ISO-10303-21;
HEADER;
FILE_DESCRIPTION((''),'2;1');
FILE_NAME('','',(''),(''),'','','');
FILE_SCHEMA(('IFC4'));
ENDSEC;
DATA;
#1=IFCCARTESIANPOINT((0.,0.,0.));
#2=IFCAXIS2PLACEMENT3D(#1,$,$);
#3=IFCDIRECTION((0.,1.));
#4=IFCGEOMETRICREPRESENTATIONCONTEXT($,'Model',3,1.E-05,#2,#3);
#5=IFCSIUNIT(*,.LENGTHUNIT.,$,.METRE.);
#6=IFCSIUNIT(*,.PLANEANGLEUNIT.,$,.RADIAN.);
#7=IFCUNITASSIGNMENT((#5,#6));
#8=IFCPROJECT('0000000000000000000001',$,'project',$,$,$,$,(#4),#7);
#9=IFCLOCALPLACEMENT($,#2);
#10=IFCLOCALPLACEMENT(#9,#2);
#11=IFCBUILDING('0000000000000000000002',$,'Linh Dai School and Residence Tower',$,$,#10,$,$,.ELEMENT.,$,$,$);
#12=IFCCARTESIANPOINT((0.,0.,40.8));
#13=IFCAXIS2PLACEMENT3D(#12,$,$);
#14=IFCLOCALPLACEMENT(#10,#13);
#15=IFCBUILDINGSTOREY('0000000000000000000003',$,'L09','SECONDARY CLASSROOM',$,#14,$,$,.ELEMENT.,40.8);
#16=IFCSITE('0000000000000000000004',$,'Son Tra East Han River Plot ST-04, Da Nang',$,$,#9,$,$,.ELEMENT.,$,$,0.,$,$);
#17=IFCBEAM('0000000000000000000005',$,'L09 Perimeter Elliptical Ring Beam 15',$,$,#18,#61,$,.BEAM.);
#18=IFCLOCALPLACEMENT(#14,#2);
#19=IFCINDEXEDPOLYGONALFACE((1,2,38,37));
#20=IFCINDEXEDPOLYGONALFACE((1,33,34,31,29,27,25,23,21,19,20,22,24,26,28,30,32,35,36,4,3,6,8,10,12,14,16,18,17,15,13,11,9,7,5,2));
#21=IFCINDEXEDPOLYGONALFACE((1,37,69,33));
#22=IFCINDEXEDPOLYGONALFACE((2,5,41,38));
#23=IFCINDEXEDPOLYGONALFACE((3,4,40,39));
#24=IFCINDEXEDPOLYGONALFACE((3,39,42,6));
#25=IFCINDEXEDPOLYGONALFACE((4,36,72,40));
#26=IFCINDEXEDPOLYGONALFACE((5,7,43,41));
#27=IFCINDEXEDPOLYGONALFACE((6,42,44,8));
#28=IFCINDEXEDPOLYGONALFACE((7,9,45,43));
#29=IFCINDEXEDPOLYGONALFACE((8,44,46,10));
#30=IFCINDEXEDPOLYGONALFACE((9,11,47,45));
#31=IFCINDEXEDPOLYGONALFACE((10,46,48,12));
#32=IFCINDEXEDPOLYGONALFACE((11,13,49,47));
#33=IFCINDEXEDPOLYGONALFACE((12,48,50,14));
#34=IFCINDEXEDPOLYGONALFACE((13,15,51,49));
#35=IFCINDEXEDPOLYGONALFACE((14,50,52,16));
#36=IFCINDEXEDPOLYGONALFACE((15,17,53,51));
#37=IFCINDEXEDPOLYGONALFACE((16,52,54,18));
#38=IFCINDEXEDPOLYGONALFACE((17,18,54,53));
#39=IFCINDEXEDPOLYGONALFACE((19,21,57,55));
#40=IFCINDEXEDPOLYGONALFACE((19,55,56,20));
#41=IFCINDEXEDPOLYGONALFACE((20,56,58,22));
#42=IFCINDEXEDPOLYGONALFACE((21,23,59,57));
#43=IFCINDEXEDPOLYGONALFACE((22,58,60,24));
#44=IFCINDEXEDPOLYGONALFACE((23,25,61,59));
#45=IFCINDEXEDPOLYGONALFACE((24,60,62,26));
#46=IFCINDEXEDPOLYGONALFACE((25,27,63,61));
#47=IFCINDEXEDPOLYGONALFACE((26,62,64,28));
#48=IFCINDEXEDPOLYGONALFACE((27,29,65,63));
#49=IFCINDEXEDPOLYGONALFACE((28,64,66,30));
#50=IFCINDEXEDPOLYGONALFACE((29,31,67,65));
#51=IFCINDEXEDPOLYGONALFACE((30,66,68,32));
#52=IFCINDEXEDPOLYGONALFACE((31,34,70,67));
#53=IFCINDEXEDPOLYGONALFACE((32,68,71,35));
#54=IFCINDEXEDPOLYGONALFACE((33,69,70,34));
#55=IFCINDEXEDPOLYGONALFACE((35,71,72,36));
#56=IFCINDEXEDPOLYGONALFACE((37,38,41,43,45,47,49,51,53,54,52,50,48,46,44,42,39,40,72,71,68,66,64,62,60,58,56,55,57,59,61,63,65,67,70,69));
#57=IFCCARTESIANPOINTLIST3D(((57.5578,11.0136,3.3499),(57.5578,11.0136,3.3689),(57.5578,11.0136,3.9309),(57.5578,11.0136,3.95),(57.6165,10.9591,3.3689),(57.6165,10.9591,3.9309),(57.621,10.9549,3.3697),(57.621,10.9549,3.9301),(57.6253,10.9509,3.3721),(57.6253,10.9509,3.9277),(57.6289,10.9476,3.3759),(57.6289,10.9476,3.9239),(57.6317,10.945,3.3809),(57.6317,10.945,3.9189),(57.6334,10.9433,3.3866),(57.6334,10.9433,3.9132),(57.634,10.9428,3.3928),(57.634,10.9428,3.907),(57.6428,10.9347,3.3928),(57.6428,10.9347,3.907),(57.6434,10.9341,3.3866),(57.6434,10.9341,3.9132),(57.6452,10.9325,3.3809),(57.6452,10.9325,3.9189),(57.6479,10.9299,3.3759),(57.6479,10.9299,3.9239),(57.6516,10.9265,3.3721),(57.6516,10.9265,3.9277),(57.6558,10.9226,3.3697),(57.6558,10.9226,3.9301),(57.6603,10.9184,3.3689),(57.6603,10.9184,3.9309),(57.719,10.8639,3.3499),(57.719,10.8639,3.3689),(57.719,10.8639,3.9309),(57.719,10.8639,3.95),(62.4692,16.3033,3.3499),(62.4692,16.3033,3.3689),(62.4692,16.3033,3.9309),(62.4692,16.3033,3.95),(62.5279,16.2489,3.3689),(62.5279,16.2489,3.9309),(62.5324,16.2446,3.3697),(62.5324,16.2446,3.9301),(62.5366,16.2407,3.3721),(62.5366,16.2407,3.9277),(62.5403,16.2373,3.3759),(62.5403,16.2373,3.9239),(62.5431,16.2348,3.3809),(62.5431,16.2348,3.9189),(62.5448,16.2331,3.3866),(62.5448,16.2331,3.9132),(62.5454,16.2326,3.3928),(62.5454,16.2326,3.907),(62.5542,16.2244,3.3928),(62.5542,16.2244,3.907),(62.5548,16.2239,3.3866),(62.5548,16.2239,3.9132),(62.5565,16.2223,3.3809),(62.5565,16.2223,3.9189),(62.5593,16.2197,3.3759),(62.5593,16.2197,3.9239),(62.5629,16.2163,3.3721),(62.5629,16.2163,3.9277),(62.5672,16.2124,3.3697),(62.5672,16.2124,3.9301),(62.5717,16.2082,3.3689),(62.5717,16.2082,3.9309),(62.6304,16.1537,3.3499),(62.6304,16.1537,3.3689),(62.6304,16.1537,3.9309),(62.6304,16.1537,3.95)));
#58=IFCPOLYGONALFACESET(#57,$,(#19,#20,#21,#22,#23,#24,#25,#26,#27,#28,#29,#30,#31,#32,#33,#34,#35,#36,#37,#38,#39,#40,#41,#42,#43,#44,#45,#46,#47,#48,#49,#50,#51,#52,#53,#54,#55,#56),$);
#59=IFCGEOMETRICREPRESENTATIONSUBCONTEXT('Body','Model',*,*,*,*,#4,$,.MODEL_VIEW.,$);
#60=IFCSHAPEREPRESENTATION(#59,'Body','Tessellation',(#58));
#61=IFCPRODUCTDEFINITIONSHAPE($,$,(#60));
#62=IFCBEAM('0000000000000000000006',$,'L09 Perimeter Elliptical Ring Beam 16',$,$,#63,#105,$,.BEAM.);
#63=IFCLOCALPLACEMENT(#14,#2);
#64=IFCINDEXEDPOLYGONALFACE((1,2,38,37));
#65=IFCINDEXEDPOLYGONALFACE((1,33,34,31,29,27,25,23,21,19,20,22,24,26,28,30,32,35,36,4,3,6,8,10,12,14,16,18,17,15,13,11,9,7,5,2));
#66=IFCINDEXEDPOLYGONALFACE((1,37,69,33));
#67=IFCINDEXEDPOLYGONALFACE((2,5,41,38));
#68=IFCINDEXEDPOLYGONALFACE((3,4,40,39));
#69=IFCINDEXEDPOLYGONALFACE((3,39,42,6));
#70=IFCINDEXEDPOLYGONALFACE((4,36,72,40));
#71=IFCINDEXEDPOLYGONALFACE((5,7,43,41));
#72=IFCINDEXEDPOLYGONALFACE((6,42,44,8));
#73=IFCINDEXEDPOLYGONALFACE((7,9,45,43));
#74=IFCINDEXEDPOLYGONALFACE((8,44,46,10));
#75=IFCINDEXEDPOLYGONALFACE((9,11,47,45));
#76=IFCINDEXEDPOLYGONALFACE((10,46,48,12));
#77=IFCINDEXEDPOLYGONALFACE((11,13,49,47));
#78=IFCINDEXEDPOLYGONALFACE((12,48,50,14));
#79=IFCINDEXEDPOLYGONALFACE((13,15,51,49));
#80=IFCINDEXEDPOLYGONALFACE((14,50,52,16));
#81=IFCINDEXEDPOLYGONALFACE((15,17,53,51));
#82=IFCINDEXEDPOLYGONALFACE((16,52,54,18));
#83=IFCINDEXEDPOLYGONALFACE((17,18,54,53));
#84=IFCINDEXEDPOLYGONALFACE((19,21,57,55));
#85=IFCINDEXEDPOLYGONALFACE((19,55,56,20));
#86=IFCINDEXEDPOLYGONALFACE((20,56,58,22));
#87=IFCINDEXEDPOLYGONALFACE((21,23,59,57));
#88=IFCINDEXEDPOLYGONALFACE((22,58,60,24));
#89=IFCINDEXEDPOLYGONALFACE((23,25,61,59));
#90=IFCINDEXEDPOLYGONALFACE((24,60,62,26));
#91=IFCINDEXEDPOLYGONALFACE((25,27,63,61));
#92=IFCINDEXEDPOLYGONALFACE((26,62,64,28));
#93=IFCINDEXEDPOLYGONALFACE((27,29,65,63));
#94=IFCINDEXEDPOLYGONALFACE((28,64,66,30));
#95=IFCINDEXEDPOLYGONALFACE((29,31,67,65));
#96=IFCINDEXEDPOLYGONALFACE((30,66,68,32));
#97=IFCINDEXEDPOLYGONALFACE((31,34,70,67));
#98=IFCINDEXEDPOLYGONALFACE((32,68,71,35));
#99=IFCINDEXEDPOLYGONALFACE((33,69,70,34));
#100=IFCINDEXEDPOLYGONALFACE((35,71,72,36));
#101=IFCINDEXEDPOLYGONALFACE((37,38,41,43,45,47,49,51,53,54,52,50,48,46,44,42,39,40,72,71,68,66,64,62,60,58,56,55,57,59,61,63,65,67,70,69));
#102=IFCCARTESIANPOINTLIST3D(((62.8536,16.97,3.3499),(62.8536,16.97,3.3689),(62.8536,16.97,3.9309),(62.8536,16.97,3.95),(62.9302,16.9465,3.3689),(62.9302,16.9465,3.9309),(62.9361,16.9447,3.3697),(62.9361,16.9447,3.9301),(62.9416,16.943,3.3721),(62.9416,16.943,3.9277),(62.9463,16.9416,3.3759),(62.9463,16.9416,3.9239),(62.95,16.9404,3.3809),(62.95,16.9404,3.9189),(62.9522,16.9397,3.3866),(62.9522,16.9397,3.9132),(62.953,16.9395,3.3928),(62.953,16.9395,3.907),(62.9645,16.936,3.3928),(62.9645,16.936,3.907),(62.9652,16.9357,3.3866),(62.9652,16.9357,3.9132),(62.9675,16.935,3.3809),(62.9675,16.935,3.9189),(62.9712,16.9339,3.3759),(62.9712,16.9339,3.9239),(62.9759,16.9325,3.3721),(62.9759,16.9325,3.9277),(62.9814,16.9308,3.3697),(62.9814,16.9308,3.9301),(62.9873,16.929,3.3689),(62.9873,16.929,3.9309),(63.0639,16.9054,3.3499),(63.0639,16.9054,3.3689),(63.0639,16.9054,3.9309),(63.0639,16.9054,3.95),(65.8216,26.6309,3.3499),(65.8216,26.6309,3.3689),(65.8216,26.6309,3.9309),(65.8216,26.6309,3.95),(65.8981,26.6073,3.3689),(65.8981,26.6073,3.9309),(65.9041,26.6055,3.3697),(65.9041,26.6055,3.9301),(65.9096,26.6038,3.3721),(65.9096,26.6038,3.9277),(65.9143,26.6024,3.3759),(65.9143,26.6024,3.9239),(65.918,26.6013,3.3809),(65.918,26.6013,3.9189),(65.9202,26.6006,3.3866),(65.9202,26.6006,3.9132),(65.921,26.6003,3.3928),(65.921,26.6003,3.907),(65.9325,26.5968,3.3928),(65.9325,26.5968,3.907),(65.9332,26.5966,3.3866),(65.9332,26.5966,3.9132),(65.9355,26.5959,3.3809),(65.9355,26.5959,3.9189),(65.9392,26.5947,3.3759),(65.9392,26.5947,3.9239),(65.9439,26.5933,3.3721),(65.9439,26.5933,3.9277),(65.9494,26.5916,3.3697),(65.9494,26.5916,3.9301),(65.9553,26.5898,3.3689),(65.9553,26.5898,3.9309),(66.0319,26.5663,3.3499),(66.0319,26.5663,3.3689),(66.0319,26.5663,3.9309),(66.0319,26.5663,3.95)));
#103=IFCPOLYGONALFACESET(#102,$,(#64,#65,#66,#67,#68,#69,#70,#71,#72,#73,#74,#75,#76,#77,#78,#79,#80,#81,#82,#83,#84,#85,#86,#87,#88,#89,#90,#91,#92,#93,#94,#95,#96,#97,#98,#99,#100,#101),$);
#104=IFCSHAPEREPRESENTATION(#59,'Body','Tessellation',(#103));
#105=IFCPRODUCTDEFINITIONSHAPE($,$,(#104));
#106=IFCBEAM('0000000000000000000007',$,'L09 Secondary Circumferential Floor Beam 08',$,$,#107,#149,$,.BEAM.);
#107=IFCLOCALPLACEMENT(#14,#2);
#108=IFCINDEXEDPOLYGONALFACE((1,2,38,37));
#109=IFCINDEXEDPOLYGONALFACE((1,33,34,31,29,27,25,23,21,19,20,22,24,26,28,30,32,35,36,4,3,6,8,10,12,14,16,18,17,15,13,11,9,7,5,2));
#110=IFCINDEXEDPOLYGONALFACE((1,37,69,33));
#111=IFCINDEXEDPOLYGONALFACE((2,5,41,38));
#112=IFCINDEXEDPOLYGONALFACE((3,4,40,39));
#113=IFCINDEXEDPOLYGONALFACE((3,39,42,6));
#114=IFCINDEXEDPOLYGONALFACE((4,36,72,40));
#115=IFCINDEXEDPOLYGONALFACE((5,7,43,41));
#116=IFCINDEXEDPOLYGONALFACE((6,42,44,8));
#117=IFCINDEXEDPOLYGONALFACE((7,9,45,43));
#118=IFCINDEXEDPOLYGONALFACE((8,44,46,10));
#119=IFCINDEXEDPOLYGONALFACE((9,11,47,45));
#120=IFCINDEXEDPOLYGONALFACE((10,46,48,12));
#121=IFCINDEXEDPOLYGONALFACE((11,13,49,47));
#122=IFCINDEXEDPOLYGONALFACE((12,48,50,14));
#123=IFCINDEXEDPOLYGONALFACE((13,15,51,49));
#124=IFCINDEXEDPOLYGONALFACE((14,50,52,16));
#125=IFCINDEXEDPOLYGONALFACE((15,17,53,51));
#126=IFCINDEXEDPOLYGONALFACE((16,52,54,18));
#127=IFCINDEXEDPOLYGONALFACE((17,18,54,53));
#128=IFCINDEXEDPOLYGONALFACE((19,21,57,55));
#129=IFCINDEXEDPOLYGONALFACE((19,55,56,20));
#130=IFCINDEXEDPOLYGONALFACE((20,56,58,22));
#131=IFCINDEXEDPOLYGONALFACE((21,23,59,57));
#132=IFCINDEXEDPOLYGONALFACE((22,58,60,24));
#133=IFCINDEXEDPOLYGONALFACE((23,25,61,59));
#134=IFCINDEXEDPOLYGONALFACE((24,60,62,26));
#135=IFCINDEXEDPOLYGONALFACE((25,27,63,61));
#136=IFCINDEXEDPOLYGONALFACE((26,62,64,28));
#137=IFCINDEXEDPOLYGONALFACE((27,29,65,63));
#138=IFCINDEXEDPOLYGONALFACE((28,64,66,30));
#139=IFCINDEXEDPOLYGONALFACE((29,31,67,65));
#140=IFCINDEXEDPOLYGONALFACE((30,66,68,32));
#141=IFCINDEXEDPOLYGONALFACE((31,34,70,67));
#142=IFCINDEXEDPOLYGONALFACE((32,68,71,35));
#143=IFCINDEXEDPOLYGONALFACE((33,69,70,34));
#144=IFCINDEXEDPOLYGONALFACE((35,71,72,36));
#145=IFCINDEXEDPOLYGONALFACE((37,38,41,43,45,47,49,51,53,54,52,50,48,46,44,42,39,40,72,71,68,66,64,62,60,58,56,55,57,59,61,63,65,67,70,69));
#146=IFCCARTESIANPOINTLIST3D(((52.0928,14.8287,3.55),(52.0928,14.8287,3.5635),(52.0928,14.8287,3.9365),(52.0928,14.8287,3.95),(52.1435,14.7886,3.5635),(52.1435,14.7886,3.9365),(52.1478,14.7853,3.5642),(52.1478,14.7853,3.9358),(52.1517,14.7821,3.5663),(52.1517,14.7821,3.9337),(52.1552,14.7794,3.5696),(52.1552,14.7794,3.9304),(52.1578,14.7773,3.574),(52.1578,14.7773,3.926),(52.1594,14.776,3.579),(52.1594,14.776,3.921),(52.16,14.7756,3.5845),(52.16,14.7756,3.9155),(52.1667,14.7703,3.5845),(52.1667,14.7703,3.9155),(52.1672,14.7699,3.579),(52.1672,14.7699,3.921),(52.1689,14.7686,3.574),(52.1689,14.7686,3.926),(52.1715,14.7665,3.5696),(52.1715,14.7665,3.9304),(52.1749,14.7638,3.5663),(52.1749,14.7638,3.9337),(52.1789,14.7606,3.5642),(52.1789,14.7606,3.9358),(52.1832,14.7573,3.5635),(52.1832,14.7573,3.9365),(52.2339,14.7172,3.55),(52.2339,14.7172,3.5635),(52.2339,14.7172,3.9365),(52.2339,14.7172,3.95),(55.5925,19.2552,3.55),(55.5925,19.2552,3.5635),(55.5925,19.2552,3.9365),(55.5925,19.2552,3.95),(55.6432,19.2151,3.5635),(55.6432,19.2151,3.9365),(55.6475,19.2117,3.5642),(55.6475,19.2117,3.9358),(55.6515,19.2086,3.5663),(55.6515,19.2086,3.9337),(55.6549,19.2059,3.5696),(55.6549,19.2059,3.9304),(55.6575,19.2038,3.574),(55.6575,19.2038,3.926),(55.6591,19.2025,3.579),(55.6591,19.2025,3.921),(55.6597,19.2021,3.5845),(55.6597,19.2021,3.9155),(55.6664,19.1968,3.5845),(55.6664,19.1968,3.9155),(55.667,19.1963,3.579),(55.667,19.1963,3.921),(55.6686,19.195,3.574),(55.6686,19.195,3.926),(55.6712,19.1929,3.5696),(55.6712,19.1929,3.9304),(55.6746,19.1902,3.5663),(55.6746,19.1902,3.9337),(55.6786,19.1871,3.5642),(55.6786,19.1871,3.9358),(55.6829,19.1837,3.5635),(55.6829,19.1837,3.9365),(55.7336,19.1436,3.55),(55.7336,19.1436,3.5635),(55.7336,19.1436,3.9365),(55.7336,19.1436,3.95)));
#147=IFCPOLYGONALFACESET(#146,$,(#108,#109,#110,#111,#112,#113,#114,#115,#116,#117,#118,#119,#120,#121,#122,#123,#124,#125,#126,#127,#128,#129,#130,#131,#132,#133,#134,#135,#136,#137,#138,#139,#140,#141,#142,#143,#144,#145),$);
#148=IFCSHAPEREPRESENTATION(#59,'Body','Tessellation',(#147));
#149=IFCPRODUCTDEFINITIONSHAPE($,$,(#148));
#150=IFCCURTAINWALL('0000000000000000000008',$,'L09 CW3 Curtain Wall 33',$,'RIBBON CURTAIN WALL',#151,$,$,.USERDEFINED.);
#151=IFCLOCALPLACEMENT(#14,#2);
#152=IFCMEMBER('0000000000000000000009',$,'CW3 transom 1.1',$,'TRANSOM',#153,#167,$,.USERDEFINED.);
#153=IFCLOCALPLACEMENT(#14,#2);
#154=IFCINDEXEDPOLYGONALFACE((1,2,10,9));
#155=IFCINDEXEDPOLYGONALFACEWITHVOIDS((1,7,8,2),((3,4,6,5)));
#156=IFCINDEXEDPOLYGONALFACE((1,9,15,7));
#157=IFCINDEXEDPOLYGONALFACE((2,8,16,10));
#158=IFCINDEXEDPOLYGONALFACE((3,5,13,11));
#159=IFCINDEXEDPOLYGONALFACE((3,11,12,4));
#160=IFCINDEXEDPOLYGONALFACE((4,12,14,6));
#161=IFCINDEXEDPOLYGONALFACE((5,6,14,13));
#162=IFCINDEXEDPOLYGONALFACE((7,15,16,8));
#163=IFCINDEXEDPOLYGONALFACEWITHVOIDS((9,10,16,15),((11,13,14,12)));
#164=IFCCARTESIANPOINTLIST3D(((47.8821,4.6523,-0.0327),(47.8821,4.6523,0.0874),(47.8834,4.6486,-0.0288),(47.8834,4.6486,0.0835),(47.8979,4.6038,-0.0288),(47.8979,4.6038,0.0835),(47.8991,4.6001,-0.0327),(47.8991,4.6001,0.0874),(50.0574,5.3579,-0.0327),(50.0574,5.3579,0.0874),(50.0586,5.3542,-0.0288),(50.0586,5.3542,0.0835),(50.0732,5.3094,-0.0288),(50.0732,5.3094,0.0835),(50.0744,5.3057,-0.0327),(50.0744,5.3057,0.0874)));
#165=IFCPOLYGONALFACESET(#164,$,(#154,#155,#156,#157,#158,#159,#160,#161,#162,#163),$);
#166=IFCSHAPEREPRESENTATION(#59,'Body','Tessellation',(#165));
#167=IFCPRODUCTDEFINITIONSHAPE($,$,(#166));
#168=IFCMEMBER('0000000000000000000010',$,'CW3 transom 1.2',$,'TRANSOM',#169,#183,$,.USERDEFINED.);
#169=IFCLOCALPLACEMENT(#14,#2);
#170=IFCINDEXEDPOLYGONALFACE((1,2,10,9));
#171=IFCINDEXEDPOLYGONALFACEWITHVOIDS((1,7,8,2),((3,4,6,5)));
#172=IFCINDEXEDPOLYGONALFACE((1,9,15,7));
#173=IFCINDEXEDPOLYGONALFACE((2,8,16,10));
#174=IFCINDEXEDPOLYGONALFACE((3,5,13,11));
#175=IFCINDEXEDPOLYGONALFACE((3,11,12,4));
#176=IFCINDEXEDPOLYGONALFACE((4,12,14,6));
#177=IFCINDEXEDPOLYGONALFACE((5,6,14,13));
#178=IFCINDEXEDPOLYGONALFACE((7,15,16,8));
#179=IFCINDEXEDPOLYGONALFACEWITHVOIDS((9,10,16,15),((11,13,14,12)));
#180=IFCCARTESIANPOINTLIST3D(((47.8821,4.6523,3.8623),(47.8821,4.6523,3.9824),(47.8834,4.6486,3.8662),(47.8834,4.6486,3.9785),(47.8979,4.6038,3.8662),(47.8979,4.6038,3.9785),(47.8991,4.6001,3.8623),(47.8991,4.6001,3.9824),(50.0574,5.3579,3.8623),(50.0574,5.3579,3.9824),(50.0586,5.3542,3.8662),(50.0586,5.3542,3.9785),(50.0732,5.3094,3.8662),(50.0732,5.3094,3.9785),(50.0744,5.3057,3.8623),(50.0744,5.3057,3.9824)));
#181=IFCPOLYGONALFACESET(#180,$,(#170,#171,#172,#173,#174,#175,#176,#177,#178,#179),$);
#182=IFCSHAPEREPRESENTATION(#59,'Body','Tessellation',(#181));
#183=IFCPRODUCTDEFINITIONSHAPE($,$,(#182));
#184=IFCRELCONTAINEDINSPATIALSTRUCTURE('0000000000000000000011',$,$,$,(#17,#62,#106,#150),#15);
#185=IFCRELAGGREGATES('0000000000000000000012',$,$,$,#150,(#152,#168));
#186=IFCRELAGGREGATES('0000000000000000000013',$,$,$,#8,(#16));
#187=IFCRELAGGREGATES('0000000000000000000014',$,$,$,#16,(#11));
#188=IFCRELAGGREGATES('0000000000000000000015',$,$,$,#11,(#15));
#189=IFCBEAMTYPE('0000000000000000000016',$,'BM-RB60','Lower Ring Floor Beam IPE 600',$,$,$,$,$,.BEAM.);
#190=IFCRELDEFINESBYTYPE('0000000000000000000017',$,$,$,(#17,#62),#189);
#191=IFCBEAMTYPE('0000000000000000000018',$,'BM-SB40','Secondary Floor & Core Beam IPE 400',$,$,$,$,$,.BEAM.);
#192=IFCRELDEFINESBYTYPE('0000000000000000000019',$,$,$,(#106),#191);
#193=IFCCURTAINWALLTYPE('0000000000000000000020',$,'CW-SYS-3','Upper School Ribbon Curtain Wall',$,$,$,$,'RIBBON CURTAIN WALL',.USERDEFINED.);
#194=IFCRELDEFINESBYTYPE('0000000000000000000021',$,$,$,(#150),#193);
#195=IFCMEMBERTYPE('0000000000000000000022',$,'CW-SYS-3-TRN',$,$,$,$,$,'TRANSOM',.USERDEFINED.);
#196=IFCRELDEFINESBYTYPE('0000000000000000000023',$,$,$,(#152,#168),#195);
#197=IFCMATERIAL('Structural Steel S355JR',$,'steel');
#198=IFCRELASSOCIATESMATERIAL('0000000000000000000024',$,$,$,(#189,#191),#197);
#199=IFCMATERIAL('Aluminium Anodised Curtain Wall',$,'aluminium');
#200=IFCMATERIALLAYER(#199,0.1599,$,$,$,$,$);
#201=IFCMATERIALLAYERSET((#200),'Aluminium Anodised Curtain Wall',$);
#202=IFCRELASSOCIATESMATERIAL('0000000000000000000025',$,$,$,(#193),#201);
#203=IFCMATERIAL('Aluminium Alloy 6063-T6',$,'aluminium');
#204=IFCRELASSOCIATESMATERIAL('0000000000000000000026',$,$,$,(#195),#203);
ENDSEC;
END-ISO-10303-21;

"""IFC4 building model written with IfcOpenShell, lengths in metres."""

from ifc_helpers import new_model, si_unit, direction, frame, origin, origin_2d, place, context, subcontext, project, spatial, hollow_rectangle, i_section, extrude, source, transform, mapped, material, layer, layer_set, material_profile, profile_set, type_object, element, aggregate, save


model = new_model("IFC4")

# Units and contexts
model_context = context("Model", 3, precision=1e-05, world=origin(), true_north=direction((0.0, 1.0)))
body_context = subcontext(model_context, "Body", "Model", "MODEL_VIEW")
ifc_project = project(units=[si_unit("LENGTHUNIT", "METRE"), si_unit("PLANEANGLEUNIT", "RADIAN")], contexts=[model_context])

# Site, building, storey
site_placement = place(None, origin())
site = spatial("IfcSite", under=ifc_project, at=site_placement, Name="Son Tra East Han River Plot ST-04, Da Nang", CompositionType="ELEMENT", RefElevation=0.0)
building_placement = place(site_placement, origin())
building = spatial("IfcBuilding", under=site, at=building_placement, Name="Linh Dai School and Residence Tower", CompositionType="ELEMENT")
storey_placement = place(building_placement, frame((0.0, 0.0, 40.8)))
storey = spatial("IfcBuildingStorey", under=building, at=storey_placement, Name="L09", Description="SECONDARY CLASSROOM", CompositionType="ELEMENT", Elevation=40.8)

# Shared definitions
ifc_material_1 = material(Name="Structural Steel S355JR", Category="steel")

# Beams
ifc_material_profile_1 = material_profile(ifc_material_1, i_section(OverallWidth=0.22, OverallDepth=0.6001, WebThickness=0.012, FlangeThickness=0.019, FilletRadius=0.0239, at=origin_2d()), Name="IPE 600")
ifc_profile_set_1 = profile_set([ifc_material_profile_1], Name="Structural Steel S355JR")
beam_type_1 = type_object("IfcBeamType", Name="BM-RB60", Description="Lower Ring Floor Beam IPE 600", PredefinedType="BEAM", material=ifc_profile_set_1)
beam_1_placement = place(storey_placement, frame((57.6384, 10.9387, 3.6499), z_axis=(0.680408, 0.732833, 0.0), x_axis=(-0.732833, 0.680408, 0.0)))
element("IfcBeam", 1, at=beam_1_placement, inside=storey, type_object=beam_type_1, Name="L09 Perimeter Elliptical Ring Beam 15", PredefinedType="BEAM", context=body_context, shape_type="SweptSolid", body=[
    extrude(i_section(OverallWidth=0.22, OverallDepth=0.6001, WebThickness=0.012, FlangeThickness=0.019, FilletRadius=0.0239, at=origin_2d()), origin(), (0.0, 0.0, 1.0), 7.2183),
])
beam_2_placement = place(storey_placement, frame((62.9587, 16.9377, 3.6499), z_axis=(0.293673, 0.955906, 0.0), x_axis=(-0.955906, 0.293673, 0.0)))
element("IfcBeam", 2, at=beam_2_placement, inside=storey, type_object=beam_type_1, Name="L09 Perimeter Elliptical Ring Beam 16", PredefinedType="BEAM", context=body_context, shape_type="SweptSolid", body=[
    extrude(i_section(OverallWidth=0.22, OverallDepth=0.6001, WebThickness=0.012, FlangeThickness=0.019, FilletRadius=0.0239, at=origin_2d()), origin(), (0.0, 0.0, 1.0), 10.1064),
])
ifc_material_profile_2 = material_profile(ifc_material_1, i_section(OverallWidth=0.1799, OverallDepth=0.3999, WebThickness=0.0085, FlangeThickness=0.0134, FilletRadius=0.021, at=origin_2d()), Name="IPE 400")
ifc_profile_set_2 = profile_set([ifc_material_profile_2], Name="Structural Steel S355JR")
beam_type_2 = type_object("IfcBeamType", Name="BM-SB40", Description="Secondary Floor & Core Beam IPE 400", PredefinedType="BEAM", material=ifc_profile_set_2)
beam_3_placement = place(storey_placement, frame((52.1633, 14.7729, 3.75), z_axis=(0.620205, 0.78444, 0.0), x_axis=(-0.78444, 0.620205, 0.0)))
element("IfcBeam", 3, at=beam_3_placement, inside=storey, type_object=beam_type_2, Name="L09 Secondary Circumferential Floor Beam 08", PredefinedType="BEAM", context=body_context, shape_type="SweptSolid", body=[
    extrude(i_section(OverallWidth=0.1799, OverallDepth=0.3999, WebThickness=0.0085, FlangeThickness=0.0134, FilletRadius=0.021, at=origin_2d()), origin(), (0.0, 0.0, 1.0), 5.6428),
])

# Curtain wall, members
ifc_material_2 = material(Name="Aluminium Anodised Curtain Wall", Category="aluminium")
ifc_layer_1 = layer(ifc_material_2, 0.1599)
ifc_layer_set_1 = layer_set([ifc_layer_1], Name="Aluminium Anodised Curtain Wall")
curtain_wall_type = type_object("IfcCurtainWallType", Name="CW-SYS-3", Description="Upper School Ribbon Curtain Wall", ElementType="RIBBON CURTAIN WALL", PredefinedType="USERDEFINED", material=ifc_layer_set_1)
curtain_wall_placement = place(storey_placement, origin())
curtain_wall = element("IfcCurtainWall", 4, at=curtain_wall_placement, inside=storey, type_object=curtain_wall_type, Name="L09 CW3 Curtain Wall 33", ObjectType="RIBBON CURTAIN WALL", PredefinedType="USERDEFINED")
ifc_material_3 = material(Name="Aluminium Alloy 6063-T6", Category="aluminium")
ifc_material_profile_3 = material_profile(ifc_material_3, hollow_rectangle(XDim=0.0549, YDim=0.1201, WallThickness=0.0039, at=origin_2d()), Name="RHS 120x55x4")
ifc_profile_set_3 = profile_set([ifc_material_profile_3], Name="Aluminium Alloy 6063-T6")
member_type_1 = type_object("IfcMemberType", Name="CW-SYS-3-TRN", ElementType="TRANSOM", PredefinedType="USERDEFINED", material=ifc_profile_set_3)
shared_shape_1 = source(origin(), body_context, "Body", "SweptSolid", [
    extrude(hollow_rectangle(XDim=0.0549, YDim=0.1201, WallThickness=0.0039, at=origin_2d()), origin(), (0.0, 0.0, 1.0), 2.2869),
])
member_1_placement = place(storey_placement, frame((50.0659, 5.3318, 0.0273), z_axis=(-0.951214, -0.308531, 0.0), x_axis=(0.308531, -0.951214, 0.0)))
member_1 = element("IfcMember", 5, at=member_1_placement, type_object=member_type_1, Name="CW3 transom 1.1", ObjectType="TRANSOM", PredefinedType="USERDEFINED", context=body_context, shape_type="MappedRepresentation", body=[
    mapped(shared_shape_1, transform((0.0, 0.0, 0.0), x_axis=(1.0, 0.0, 0.0), y_axis=(0.0, 1.0, 0.0), z_axis=(0.0, 0.0, 1.0), scale=1.0)),
])
member_2_placement = place(storey_placement, frame((50.0659, 5.3318, 3.9224), z_axis=(-0.951214, -0.308531, 0.0), x_axis=(0.308531, -0.951214, 0.0)))
member_2 = element("IfcMember", 6, at=member_2_placement, type_object=member_type_1, Name="CW3 transom 1.2", ObjectType="TRANSOM", PredefinedType="USERDEFINED", context=body_context, shape_type="MappedRepresentation", body=[
    mapped(shared_shape_1, transform((0.0, 0.0, 0.0), x_axis=(1.0, 0.0, 0.0), y_axis=(0.0, 1.0, 0.0), z_axis=(0.0, 0.0, 1.0), scale=1.0)),
])

aggregate(curtain_wall, [member_1, member_2])

save(model, "model.ifc")
